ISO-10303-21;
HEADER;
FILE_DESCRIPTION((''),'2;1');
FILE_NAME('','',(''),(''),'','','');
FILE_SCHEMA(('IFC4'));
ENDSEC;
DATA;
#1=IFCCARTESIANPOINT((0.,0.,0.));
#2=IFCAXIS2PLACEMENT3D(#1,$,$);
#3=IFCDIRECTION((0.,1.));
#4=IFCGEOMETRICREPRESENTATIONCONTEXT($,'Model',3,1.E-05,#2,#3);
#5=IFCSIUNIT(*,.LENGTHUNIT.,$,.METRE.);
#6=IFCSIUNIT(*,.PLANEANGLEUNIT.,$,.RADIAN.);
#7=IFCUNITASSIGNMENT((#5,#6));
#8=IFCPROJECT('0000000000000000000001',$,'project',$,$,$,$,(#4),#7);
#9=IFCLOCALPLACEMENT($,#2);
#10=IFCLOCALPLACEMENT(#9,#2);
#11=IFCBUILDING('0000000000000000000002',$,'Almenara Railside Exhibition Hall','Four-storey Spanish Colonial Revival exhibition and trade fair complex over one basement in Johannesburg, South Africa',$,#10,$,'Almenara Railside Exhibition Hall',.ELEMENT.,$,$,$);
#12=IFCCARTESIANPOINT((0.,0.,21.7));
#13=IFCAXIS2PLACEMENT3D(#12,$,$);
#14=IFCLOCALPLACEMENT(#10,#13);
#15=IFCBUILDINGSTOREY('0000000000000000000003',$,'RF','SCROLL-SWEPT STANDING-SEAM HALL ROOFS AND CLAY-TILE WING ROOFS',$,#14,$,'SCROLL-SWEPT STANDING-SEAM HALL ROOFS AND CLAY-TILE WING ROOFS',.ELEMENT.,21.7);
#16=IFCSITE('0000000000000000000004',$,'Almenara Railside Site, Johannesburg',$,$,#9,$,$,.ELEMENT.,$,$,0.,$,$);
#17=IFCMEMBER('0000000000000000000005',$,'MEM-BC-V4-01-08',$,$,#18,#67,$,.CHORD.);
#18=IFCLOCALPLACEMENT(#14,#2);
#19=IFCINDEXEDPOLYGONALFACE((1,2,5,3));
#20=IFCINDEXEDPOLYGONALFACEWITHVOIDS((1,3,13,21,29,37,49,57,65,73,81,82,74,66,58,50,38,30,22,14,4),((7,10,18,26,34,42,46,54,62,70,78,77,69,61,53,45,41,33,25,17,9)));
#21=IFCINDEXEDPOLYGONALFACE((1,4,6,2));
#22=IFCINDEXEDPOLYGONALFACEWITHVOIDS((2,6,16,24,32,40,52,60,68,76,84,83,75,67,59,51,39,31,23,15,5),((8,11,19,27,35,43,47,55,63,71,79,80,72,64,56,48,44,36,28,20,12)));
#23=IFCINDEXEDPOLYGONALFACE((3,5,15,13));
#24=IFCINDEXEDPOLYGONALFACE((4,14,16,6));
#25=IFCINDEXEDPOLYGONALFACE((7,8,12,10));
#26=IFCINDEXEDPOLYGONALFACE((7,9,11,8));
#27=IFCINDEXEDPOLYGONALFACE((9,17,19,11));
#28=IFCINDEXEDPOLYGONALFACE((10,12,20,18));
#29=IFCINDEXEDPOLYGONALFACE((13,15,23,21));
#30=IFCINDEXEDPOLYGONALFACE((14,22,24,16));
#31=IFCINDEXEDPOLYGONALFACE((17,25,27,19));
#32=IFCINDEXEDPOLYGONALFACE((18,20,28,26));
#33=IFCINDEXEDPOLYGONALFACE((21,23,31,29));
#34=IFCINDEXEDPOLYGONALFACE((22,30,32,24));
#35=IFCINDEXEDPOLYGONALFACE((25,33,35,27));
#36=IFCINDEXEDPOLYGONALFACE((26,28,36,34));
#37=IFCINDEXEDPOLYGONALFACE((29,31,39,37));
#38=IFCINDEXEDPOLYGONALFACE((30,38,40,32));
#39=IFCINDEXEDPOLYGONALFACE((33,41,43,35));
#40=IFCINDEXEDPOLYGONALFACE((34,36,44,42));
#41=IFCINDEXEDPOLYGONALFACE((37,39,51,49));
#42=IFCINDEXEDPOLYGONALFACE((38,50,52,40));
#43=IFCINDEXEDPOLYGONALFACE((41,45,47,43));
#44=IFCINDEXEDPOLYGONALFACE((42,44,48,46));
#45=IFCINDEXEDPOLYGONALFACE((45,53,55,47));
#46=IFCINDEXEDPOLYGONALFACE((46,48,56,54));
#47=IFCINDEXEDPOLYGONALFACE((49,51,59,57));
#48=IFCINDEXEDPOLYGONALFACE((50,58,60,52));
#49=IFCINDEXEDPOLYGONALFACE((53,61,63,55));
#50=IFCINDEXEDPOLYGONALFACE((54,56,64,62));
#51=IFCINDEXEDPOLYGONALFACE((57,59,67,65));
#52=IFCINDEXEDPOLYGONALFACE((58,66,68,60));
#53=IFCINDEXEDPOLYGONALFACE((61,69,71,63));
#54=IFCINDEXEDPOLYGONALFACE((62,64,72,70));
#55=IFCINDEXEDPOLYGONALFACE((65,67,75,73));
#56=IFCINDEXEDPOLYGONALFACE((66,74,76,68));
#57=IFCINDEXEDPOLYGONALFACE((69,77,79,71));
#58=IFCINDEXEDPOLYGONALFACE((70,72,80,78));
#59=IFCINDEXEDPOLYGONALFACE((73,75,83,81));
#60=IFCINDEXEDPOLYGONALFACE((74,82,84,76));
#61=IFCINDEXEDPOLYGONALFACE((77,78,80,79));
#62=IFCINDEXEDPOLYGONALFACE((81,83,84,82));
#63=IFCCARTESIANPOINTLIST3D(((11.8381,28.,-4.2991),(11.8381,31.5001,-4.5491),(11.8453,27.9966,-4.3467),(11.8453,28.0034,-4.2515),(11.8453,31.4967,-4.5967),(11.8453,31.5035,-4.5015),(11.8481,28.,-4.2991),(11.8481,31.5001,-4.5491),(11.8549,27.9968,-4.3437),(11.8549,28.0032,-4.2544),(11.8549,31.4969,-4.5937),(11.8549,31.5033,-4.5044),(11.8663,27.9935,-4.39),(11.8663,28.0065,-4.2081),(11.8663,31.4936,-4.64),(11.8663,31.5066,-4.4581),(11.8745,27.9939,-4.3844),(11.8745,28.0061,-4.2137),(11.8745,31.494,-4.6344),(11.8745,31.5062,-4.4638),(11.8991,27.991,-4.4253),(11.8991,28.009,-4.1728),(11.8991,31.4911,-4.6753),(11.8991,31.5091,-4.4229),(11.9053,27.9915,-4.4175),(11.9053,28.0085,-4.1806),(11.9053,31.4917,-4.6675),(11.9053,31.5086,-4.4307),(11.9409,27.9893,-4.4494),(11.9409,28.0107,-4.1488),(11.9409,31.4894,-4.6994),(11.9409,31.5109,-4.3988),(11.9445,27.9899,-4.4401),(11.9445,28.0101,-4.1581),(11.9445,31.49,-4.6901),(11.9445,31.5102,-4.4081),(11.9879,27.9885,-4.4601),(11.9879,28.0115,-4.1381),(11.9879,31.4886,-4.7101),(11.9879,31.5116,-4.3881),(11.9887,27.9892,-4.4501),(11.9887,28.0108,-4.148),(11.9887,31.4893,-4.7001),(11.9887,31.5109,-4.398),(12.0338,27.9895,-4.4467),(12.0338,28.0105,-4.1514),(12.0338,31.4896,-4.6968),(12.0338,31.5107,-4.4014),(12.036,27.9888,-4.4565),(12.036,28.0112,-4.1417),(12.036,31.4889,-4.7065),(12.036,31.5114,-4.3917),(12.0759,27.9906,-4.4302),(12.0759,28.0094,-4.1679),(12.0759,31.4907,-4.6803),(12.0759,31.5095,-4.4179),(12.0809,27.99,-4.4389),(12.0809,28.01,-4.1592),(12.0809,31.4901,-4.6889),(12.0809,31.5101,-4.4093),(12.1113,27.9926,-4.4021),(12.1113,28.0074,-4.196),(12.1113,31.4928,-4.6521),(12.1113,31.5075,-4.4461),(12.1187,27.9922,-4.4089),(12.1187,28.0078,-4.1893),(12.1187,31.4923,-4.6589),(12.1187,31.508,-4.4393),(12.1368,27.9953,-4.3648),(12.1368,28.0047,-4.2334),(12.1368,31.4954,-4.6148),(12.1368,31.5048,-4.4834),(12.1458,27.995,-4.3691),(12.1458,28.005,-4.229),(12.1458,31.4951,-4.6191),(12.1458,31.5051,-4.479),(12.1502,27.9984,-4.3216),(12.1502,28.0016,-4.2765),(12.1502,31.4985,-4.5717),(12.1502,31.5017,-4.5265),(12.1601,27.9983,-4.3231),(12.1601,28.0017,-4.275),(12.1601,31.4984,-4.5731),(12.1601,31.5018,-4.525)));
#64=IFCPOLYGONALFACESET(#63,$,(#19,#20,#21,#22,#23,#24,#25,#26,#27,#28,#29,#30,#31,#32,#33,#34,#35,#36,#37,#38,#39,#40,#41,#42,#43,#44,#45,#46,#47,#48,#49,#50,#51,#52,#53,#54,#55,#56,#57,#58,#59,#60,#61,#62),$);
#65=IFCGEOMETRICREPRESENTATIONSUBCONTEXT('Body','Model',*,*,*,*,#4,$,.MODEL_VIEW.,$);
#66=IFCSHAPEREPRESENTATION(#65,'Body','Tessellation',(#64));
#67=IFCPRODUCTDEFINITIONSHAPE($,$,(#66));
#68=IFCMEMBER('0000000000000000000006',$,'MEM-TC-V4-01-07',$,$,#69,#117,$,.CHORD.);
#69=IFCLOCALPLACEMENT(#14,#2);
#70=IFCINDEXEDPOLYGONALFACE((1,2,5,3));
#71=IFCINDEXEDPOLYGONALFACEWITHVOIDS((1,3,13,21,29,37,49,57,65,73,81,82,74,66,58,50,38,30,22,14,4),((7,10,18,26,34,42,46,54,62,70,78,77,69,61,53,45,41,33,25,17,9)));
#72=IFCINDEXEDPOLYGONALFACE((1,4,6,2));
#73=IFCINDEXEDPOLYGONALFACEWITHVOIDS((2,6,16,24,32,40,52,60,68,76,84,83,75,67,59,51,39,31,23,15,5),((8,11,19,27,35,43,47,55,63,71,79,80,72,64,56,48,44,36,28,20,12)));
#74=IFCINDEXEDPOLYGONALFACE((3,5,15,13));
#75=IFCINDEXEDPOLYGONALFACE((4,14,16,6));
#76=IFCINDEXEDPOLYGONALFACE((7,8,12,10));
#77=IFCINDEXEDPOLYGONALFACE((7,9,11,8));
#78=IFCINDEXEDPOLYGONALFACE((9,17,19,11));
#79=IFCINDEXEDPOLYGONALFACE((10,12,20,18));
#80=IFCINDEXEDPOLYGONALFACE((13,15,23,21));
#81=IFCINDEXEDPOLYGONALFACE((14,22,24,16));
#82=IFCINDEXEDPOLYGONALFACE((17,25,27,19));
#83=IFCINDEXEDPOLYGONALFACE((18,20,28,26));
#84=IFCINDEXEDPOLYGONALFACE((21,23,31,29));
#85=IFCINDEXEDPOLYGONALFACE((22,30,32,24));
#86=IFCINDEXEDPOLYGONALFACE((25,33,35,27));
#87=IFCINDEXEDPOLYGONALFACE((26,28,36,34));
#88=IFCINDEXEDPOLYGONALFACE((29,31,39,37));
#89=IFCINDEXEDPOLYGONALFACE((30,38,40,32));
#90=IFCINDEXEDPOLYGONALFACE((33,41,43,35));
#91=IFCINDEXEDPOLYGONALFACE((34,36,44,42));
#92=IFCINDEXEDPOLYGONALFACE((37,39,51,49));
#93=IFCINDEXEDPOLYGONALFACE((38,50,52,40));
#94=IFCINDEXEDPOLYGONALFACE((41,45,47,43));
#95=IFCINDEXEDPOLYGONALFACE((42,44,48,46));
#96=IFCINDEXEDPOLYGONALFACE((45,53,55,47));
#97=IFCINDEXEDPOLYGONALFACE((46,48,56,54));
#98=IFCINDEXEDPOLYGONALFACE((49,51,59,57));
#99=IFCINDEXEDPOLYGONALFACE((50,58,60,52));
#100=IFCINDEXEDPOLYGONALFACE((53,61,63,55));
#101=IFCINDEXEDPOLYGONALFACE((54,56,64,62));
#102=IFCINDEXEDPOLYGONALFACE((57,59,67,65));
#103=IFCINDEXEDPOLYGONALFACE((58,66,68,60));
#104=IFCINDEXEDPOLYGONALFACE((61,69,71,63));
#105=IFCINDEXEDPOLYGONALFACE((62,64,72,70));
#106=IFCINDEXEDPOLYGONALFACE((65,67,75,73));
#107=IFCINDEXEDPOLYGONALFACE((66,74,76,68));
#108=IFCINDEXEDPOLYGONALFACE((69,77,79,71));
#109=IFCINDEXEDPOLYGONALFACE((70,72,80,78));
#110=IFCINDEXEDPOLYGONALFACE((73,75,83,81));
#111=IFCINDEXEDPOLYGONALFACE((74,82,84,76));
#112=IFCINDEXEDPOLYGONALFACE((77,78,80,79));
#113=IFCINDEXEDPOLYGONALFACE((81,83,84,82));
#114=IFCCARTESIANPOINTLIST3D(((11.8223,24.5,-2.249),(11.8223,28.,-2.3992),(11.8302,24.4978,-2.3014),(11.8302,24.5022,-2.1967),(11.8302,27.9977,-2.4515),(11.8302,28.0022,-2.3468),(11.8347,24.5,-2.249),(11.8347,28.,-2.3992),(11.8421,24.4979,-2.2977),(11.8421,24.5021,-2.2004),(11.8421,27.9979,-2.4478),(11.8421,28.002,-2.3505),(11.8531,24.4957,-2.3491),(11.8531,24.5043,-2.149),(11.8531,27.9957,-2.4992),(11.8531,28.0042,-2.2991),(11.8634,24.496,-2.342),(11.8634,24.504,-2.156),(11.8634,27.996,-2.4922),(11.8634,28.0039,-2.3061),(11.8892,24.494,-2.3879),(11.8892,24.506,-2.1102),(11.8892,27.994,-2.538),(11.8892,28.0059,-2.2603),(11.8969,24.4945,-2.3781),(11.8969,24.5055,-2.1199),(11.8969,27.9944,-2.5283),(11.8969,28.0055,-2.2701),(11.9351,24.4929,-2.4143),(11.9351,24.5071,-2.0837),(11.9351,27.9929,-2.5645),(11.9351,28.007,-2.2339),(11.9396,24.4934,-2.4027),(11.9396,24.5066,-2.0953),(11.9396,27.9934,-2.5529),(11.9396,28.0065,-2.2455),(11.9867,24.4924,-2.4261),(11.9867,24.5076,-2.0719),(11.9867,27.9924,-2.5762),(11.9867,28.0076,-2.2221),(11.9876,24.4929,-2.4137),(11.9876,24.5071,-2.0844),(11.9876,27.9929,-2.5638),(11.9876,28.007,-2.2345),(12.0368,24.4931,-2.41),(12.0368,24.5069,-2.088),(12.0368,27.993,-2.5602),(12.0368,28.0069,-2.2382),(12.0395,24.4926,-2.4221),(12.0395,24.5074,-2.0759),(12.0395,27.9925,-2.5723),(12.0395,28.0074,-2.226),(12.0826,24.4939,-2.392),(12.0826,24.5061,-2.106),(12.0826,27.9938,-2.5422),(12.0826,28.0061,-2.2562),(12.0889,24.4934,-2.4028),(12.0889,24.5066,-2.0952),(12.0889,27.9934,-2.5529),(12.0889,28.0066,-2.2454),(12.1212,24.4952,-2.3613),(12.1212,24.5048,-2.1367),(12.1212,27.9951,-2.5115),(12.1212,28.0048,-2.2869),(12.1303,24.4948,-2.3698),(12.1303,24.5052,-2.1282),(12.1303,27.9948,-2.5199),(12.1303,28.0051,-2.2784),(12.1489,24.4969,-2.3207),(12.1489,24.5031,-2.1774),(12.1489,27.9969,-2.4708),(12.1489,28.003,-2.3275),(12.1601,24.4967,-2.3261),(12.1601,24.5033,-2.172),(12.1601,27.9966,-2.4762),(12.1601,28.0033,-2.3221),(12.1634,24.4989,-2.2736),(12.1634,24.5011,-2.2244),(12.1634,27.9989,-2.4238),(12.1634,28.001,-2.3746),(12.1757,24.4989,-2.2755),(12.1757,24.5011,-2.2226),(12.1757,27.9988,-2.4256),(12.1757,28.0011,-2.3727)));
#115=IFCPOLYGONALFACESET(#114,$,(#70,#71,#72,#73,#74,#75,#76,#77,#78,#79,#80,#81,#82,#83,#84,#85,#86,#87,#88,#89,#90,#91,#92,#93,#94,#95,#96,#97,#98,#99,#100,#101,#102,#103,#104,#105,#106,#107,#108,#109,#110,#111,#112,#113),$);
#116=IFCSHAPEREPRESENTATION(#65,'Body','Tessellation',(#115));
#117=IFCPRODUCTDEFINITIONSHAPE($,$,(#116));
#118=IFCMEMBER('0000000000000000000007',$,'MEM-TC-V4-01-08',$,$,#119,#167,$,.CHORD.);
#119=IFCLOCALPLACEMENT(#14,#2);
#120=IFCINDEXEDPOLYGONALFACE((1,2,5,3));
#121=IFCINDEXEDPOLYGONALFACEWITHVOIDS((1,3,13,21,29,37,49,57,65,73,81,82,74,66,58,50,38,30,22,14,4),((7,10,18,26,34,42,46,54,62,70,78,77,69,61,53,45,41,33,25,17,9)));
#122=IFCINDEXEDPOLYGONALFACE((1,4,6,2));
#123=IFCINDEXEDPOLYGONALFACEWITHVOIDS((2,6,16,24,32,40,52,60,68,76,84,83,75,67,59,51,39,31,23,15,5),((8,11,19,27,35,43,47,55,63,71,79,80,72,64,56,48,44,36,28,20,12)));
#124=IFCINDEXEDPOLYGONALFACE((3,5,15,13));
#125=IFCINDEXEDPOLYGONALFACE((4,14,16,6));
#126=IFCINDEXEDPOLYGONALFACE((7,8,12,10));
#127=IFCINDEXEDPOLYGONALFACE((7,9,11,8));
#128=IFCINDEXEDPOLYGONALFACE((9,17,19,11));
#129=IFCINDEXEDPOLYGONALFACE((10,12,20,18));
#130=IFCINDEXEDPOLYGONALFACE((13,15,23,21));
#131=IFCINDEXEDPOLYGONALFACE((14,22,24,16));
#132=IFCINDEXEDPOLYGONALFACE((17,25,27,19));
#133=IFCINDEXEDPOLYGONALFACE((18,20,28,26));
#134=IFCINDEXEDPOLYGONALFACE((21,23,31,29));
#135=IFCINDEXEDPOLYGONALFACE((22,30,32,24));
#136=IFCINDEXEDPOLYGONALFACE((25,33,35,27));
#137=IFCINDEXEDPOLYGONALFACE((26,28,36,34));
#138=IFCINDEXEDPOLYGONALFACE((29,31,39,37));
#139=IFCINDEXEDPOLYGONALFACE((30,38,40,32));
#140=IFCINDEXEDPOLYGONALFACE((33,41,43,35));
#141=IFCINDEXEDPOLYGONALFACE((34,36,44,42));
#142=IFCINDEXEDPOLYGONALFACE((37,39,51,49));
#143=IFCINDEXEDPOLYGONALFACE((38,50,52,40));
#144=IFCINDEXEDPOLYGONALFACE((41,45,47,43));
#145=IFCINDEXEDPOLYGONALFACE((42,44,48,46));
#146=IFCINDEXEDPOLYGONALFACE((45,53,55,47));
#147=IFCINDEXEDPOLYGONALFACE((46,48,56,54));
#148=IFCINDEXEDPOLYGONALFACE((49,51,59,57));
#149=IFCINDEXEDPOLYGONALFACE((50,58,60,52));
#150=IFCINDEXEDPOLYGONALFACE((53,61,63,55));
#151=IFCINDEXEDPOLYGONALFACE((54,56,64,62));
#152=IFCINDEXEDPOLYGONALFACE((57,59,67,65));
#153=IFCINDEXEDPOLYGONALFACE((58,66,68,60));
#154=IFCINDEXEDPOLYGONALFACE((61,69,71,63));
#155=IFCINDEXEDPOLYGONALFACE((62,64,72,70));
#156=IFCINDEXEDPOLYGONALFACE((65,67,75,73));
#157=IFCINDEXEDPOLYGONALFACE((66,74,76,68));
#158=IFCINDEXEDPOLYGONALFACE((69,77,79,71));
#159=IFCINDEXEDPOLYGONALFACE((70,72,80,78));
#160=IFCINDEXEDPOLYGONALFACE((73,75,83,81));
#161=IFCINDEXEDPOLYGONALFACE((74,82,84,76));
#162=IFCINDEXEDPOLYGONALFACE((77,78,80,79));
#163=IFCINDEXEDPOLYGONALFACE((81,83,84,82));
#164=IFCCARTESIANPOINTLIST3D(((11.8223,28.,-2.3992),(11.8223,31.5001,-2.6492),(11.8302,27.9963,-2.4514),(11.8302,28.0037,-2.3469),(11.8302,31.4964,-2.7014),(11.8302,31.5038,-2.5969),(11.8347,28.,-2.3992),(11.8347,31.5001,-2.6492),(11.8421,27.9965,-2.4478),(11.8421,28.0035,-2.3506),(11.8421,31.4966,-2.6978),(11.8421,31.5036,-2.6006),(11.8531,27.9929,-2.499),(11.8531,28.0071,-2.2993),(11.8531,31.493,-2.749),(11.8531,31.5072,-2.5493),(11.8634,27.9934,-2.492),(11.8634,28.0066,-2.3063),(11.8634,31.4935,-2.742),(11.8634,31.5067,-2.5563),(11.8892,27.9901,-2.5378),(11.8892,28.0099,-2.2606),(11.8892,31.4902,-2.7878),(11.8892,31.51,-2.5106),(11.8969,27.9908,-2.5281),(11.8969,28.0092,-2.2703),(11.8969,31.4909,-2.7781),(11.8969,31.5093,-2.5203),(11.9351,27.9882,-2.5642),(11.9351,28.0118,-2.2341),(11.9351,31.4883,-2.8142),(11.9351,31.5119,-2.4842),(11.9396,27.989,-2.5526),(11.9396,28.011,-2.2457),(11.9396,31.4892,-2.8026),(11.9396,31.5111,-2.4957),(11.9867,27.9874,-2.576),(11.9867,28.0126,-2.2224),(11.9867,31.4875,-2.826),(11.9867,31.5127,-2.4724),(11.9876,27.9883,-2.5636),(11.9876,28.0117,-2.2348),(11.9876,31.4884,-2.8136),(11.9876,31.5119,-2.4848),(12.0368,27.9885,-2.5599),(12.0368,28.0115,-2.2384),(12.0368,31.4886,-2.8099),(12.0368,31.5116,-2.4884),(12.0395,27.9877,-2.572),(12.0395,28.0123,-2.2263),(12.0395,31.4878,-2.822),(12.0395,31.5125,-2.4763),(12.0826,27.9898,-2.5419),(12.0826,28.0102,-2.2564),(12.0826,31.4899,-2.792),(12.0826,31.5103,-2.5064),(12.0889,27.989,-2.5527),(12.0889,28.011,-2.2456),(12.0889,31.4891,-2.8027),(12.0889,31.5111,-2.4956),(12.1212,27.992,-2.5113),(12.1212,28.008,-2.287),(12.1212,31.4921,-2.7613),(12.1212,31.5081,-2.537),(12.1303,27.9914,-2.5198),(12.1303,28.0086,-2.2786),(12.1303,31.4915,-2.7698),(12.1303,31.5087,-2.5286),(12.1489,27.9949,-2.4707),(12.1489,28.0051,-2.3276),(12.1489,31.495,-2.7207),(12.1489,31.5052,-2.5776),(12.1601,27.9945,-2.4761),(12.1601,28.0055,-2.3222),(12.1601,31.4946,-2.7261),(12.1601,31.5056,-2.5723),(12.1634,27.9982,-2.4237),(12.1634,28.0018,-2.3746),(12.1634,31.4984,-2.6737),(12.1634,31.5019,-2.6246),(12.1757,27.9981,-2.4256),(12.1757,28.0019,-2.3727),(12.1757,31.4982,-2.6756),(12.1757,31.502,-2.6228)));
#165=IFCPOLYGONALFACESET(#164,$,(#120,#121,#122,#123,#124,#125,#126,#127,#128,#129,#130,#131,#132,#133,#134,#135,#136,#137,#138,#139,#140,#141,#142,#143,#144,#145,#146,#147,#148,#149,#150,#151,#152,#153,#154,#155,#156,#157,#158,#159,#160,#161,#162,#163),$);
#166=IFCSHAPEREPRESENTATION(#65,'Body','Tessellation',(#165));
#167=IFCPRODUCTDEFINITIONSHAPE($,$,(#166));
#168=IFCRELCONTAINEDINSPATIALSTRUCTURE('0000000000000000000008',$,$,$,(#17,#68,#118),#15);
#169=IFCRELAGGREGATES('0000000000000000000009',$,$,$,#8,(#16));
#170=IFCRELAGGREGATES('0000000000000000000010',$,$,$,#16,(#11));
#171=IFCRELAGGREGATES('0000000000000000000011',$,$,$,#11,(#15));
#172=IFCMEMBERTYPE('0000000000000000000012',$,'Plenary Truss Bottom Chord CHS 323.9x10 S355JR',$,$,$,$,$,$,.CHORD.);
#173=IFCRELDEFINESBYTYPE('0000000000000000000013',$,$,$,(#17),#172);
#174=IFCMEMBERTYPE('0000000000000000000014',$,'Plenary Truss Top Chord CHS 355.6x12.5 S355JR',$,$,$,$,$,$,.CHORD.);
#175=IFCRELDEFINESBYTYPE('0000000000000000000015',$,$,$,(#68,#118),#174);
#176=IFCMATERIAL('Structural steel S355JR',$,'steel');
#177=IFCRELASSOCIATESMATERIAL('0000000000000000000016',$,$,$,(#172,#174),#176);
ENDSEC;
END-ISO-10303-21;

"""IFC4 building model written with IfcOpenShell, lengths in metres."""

from ifc_helpers import new_model, si_unit, direction, frame, origin, origin_2d, place, context, subcontext, project, spatial, hollow_circle, extrude, material, material_profile, profile_set, type_object, element, save


model = new_model("IFC4")

# Units and contexts
model_context = context("Model", 3, precision=1e-05, world=origin(), true_north=direction((0.0, 1.0)))
body_context = subcontext(model_context, "Body", "Model", "MODEL_VIEW")
ifc_project = project(units=[si_unit("LENGTHUNIT", "METRE"), si_unit("PLANEANGLEUNIT", "RADIAN")], contexts=[model_context])

# Site, building, storey
site_placement = place(None, origin())
site = spatial("IfcSite", under=ifc_project, at=site_placement, Name="Almenara Railside Site, Johannesburg", CompositionType="ELEMENT", RefElevation=0.0)
building_placement = place(site_placement, origin())
building = spatial("IfcBuilding", under=site, at=building_placement, Name="Almenara Railside Exhibition Hall", Description="Four-storey Spanish Colonial Revival exhibition and trade fair complex over one basement in Johannesburg, South Africa", LongName="Almenara Railside Exhibition Hall", CompositionType="ELEMENT")
storey_placement = place(building_placement, frame((0.0, 0.0, 21.7)))
storey = spatial("IfcBuildingStorey", under=building, at=storey_placement, Name="RF", Description="SCROLL-SWEPT STANDING-SEAM HALL ROOFS AND CLAY-TILE WING ROOFS", LongName="SCROLL-SWEPT STANDING-SEAM HALL ROOFS AND CLAY-TILE WING ROOFS", CompositionType="ELEMENT", Elevation=21.7)

# Members
ifc_material_1 = material(Name="Structural steel S355JR", Category="steel")
ifc_material_profile_1 = material_profile(ifc_material_1, hollow_circle(Radius=0.1619, WallThickness=0.01, at=origin_2d()), Name="CHS 323.9x10")
ifc_profile_set_1 = profile_set([ifc_material_profile_1], Name="Structural steel S355JR")
member_type_1 = type_object("IfcMemberType", Name="Plenary Truss Bottom Chord CHS 323.9x10 S355JR", PredefinedType="CHORD", material=ifc_profile_set_1)
member_1_placement = place(storey_placement, frame((12.0, 28.0, -4.2991), z_axis=(0.0, 0.997459, -0.071247), x_axis=(-1.0, 0.0, 0.0)))
element("IfcMember", 1, at=member_1_placement, inside=storey, type_object=member_type_1, Name="MEM-BC-V4-01-08", PredefinedType="CHORD", context=body_context, shape_type="SweptSolid", body=[
    extrude(hollow_circle(Radius=0.1619, WallThickness=0.01, at=origin_2d()), origin(), (0.0, 0.0, 1.0), 3.509),
])
ifc_material_profile_2 = material_profile(ifc_material_1, hollow_circle(Radius=0.1777, WallThickness=0.0125, at=origin_2d()), Name="CHS 355.6x12.5")
ifc_profile_set_2 = profile_set([ifc_material_profile_2], Name="Structural steel S355JR")
member_type_2 = type_object("IfcMemberType", Name="Plenary Truss Top Chord CHS 355.6x12.5 S355JR", PredefinedType="CHORD", material=ifc_profile_set_2)
member_2_placement = place(storey_placement, frame((12.0, 24.5, -2.249), z_axis=(0.0, 0.999081, -0.04286), x_axis=(-1.0, 0.0, 0.0)))
element("IfcMember", 2, at=member_2_placement, inside=storey, type_object=member_type_2, Name="MEM-TC-V4-01-07", PredefinedType="CHORD", context=body_context, shape_type="SweptSolid", body=[
    extrude(hollow_circle(Radius=0.1777, WallThickness=0.0125, at=origin_2d()), origin(), (0.0, 0.0, 1.0), 3.5032),
])
member_3_placement = place(storey_placement, frame((12.0, 28.0, -2.3992), z_axis=(0.0, 0.997459, -0.071247), x_axis=(-1.0, 0.0, 0.0)))
element("IfcMember", 3, at=member_3_placement, inside=storey, type_object=member_type_2, Name="MEM-TC-V4-01-08", PredefinedType="CHORD", context=body_context, shape_type="SweptSolid", body=[
    extrude(hollow_circle(Radius=0.1777, WallThickness=0.0125, at=origin_2d()), origin(), (0.0, 0.0, 1.0), 3.509),
])

save(model, "model.ifc")
